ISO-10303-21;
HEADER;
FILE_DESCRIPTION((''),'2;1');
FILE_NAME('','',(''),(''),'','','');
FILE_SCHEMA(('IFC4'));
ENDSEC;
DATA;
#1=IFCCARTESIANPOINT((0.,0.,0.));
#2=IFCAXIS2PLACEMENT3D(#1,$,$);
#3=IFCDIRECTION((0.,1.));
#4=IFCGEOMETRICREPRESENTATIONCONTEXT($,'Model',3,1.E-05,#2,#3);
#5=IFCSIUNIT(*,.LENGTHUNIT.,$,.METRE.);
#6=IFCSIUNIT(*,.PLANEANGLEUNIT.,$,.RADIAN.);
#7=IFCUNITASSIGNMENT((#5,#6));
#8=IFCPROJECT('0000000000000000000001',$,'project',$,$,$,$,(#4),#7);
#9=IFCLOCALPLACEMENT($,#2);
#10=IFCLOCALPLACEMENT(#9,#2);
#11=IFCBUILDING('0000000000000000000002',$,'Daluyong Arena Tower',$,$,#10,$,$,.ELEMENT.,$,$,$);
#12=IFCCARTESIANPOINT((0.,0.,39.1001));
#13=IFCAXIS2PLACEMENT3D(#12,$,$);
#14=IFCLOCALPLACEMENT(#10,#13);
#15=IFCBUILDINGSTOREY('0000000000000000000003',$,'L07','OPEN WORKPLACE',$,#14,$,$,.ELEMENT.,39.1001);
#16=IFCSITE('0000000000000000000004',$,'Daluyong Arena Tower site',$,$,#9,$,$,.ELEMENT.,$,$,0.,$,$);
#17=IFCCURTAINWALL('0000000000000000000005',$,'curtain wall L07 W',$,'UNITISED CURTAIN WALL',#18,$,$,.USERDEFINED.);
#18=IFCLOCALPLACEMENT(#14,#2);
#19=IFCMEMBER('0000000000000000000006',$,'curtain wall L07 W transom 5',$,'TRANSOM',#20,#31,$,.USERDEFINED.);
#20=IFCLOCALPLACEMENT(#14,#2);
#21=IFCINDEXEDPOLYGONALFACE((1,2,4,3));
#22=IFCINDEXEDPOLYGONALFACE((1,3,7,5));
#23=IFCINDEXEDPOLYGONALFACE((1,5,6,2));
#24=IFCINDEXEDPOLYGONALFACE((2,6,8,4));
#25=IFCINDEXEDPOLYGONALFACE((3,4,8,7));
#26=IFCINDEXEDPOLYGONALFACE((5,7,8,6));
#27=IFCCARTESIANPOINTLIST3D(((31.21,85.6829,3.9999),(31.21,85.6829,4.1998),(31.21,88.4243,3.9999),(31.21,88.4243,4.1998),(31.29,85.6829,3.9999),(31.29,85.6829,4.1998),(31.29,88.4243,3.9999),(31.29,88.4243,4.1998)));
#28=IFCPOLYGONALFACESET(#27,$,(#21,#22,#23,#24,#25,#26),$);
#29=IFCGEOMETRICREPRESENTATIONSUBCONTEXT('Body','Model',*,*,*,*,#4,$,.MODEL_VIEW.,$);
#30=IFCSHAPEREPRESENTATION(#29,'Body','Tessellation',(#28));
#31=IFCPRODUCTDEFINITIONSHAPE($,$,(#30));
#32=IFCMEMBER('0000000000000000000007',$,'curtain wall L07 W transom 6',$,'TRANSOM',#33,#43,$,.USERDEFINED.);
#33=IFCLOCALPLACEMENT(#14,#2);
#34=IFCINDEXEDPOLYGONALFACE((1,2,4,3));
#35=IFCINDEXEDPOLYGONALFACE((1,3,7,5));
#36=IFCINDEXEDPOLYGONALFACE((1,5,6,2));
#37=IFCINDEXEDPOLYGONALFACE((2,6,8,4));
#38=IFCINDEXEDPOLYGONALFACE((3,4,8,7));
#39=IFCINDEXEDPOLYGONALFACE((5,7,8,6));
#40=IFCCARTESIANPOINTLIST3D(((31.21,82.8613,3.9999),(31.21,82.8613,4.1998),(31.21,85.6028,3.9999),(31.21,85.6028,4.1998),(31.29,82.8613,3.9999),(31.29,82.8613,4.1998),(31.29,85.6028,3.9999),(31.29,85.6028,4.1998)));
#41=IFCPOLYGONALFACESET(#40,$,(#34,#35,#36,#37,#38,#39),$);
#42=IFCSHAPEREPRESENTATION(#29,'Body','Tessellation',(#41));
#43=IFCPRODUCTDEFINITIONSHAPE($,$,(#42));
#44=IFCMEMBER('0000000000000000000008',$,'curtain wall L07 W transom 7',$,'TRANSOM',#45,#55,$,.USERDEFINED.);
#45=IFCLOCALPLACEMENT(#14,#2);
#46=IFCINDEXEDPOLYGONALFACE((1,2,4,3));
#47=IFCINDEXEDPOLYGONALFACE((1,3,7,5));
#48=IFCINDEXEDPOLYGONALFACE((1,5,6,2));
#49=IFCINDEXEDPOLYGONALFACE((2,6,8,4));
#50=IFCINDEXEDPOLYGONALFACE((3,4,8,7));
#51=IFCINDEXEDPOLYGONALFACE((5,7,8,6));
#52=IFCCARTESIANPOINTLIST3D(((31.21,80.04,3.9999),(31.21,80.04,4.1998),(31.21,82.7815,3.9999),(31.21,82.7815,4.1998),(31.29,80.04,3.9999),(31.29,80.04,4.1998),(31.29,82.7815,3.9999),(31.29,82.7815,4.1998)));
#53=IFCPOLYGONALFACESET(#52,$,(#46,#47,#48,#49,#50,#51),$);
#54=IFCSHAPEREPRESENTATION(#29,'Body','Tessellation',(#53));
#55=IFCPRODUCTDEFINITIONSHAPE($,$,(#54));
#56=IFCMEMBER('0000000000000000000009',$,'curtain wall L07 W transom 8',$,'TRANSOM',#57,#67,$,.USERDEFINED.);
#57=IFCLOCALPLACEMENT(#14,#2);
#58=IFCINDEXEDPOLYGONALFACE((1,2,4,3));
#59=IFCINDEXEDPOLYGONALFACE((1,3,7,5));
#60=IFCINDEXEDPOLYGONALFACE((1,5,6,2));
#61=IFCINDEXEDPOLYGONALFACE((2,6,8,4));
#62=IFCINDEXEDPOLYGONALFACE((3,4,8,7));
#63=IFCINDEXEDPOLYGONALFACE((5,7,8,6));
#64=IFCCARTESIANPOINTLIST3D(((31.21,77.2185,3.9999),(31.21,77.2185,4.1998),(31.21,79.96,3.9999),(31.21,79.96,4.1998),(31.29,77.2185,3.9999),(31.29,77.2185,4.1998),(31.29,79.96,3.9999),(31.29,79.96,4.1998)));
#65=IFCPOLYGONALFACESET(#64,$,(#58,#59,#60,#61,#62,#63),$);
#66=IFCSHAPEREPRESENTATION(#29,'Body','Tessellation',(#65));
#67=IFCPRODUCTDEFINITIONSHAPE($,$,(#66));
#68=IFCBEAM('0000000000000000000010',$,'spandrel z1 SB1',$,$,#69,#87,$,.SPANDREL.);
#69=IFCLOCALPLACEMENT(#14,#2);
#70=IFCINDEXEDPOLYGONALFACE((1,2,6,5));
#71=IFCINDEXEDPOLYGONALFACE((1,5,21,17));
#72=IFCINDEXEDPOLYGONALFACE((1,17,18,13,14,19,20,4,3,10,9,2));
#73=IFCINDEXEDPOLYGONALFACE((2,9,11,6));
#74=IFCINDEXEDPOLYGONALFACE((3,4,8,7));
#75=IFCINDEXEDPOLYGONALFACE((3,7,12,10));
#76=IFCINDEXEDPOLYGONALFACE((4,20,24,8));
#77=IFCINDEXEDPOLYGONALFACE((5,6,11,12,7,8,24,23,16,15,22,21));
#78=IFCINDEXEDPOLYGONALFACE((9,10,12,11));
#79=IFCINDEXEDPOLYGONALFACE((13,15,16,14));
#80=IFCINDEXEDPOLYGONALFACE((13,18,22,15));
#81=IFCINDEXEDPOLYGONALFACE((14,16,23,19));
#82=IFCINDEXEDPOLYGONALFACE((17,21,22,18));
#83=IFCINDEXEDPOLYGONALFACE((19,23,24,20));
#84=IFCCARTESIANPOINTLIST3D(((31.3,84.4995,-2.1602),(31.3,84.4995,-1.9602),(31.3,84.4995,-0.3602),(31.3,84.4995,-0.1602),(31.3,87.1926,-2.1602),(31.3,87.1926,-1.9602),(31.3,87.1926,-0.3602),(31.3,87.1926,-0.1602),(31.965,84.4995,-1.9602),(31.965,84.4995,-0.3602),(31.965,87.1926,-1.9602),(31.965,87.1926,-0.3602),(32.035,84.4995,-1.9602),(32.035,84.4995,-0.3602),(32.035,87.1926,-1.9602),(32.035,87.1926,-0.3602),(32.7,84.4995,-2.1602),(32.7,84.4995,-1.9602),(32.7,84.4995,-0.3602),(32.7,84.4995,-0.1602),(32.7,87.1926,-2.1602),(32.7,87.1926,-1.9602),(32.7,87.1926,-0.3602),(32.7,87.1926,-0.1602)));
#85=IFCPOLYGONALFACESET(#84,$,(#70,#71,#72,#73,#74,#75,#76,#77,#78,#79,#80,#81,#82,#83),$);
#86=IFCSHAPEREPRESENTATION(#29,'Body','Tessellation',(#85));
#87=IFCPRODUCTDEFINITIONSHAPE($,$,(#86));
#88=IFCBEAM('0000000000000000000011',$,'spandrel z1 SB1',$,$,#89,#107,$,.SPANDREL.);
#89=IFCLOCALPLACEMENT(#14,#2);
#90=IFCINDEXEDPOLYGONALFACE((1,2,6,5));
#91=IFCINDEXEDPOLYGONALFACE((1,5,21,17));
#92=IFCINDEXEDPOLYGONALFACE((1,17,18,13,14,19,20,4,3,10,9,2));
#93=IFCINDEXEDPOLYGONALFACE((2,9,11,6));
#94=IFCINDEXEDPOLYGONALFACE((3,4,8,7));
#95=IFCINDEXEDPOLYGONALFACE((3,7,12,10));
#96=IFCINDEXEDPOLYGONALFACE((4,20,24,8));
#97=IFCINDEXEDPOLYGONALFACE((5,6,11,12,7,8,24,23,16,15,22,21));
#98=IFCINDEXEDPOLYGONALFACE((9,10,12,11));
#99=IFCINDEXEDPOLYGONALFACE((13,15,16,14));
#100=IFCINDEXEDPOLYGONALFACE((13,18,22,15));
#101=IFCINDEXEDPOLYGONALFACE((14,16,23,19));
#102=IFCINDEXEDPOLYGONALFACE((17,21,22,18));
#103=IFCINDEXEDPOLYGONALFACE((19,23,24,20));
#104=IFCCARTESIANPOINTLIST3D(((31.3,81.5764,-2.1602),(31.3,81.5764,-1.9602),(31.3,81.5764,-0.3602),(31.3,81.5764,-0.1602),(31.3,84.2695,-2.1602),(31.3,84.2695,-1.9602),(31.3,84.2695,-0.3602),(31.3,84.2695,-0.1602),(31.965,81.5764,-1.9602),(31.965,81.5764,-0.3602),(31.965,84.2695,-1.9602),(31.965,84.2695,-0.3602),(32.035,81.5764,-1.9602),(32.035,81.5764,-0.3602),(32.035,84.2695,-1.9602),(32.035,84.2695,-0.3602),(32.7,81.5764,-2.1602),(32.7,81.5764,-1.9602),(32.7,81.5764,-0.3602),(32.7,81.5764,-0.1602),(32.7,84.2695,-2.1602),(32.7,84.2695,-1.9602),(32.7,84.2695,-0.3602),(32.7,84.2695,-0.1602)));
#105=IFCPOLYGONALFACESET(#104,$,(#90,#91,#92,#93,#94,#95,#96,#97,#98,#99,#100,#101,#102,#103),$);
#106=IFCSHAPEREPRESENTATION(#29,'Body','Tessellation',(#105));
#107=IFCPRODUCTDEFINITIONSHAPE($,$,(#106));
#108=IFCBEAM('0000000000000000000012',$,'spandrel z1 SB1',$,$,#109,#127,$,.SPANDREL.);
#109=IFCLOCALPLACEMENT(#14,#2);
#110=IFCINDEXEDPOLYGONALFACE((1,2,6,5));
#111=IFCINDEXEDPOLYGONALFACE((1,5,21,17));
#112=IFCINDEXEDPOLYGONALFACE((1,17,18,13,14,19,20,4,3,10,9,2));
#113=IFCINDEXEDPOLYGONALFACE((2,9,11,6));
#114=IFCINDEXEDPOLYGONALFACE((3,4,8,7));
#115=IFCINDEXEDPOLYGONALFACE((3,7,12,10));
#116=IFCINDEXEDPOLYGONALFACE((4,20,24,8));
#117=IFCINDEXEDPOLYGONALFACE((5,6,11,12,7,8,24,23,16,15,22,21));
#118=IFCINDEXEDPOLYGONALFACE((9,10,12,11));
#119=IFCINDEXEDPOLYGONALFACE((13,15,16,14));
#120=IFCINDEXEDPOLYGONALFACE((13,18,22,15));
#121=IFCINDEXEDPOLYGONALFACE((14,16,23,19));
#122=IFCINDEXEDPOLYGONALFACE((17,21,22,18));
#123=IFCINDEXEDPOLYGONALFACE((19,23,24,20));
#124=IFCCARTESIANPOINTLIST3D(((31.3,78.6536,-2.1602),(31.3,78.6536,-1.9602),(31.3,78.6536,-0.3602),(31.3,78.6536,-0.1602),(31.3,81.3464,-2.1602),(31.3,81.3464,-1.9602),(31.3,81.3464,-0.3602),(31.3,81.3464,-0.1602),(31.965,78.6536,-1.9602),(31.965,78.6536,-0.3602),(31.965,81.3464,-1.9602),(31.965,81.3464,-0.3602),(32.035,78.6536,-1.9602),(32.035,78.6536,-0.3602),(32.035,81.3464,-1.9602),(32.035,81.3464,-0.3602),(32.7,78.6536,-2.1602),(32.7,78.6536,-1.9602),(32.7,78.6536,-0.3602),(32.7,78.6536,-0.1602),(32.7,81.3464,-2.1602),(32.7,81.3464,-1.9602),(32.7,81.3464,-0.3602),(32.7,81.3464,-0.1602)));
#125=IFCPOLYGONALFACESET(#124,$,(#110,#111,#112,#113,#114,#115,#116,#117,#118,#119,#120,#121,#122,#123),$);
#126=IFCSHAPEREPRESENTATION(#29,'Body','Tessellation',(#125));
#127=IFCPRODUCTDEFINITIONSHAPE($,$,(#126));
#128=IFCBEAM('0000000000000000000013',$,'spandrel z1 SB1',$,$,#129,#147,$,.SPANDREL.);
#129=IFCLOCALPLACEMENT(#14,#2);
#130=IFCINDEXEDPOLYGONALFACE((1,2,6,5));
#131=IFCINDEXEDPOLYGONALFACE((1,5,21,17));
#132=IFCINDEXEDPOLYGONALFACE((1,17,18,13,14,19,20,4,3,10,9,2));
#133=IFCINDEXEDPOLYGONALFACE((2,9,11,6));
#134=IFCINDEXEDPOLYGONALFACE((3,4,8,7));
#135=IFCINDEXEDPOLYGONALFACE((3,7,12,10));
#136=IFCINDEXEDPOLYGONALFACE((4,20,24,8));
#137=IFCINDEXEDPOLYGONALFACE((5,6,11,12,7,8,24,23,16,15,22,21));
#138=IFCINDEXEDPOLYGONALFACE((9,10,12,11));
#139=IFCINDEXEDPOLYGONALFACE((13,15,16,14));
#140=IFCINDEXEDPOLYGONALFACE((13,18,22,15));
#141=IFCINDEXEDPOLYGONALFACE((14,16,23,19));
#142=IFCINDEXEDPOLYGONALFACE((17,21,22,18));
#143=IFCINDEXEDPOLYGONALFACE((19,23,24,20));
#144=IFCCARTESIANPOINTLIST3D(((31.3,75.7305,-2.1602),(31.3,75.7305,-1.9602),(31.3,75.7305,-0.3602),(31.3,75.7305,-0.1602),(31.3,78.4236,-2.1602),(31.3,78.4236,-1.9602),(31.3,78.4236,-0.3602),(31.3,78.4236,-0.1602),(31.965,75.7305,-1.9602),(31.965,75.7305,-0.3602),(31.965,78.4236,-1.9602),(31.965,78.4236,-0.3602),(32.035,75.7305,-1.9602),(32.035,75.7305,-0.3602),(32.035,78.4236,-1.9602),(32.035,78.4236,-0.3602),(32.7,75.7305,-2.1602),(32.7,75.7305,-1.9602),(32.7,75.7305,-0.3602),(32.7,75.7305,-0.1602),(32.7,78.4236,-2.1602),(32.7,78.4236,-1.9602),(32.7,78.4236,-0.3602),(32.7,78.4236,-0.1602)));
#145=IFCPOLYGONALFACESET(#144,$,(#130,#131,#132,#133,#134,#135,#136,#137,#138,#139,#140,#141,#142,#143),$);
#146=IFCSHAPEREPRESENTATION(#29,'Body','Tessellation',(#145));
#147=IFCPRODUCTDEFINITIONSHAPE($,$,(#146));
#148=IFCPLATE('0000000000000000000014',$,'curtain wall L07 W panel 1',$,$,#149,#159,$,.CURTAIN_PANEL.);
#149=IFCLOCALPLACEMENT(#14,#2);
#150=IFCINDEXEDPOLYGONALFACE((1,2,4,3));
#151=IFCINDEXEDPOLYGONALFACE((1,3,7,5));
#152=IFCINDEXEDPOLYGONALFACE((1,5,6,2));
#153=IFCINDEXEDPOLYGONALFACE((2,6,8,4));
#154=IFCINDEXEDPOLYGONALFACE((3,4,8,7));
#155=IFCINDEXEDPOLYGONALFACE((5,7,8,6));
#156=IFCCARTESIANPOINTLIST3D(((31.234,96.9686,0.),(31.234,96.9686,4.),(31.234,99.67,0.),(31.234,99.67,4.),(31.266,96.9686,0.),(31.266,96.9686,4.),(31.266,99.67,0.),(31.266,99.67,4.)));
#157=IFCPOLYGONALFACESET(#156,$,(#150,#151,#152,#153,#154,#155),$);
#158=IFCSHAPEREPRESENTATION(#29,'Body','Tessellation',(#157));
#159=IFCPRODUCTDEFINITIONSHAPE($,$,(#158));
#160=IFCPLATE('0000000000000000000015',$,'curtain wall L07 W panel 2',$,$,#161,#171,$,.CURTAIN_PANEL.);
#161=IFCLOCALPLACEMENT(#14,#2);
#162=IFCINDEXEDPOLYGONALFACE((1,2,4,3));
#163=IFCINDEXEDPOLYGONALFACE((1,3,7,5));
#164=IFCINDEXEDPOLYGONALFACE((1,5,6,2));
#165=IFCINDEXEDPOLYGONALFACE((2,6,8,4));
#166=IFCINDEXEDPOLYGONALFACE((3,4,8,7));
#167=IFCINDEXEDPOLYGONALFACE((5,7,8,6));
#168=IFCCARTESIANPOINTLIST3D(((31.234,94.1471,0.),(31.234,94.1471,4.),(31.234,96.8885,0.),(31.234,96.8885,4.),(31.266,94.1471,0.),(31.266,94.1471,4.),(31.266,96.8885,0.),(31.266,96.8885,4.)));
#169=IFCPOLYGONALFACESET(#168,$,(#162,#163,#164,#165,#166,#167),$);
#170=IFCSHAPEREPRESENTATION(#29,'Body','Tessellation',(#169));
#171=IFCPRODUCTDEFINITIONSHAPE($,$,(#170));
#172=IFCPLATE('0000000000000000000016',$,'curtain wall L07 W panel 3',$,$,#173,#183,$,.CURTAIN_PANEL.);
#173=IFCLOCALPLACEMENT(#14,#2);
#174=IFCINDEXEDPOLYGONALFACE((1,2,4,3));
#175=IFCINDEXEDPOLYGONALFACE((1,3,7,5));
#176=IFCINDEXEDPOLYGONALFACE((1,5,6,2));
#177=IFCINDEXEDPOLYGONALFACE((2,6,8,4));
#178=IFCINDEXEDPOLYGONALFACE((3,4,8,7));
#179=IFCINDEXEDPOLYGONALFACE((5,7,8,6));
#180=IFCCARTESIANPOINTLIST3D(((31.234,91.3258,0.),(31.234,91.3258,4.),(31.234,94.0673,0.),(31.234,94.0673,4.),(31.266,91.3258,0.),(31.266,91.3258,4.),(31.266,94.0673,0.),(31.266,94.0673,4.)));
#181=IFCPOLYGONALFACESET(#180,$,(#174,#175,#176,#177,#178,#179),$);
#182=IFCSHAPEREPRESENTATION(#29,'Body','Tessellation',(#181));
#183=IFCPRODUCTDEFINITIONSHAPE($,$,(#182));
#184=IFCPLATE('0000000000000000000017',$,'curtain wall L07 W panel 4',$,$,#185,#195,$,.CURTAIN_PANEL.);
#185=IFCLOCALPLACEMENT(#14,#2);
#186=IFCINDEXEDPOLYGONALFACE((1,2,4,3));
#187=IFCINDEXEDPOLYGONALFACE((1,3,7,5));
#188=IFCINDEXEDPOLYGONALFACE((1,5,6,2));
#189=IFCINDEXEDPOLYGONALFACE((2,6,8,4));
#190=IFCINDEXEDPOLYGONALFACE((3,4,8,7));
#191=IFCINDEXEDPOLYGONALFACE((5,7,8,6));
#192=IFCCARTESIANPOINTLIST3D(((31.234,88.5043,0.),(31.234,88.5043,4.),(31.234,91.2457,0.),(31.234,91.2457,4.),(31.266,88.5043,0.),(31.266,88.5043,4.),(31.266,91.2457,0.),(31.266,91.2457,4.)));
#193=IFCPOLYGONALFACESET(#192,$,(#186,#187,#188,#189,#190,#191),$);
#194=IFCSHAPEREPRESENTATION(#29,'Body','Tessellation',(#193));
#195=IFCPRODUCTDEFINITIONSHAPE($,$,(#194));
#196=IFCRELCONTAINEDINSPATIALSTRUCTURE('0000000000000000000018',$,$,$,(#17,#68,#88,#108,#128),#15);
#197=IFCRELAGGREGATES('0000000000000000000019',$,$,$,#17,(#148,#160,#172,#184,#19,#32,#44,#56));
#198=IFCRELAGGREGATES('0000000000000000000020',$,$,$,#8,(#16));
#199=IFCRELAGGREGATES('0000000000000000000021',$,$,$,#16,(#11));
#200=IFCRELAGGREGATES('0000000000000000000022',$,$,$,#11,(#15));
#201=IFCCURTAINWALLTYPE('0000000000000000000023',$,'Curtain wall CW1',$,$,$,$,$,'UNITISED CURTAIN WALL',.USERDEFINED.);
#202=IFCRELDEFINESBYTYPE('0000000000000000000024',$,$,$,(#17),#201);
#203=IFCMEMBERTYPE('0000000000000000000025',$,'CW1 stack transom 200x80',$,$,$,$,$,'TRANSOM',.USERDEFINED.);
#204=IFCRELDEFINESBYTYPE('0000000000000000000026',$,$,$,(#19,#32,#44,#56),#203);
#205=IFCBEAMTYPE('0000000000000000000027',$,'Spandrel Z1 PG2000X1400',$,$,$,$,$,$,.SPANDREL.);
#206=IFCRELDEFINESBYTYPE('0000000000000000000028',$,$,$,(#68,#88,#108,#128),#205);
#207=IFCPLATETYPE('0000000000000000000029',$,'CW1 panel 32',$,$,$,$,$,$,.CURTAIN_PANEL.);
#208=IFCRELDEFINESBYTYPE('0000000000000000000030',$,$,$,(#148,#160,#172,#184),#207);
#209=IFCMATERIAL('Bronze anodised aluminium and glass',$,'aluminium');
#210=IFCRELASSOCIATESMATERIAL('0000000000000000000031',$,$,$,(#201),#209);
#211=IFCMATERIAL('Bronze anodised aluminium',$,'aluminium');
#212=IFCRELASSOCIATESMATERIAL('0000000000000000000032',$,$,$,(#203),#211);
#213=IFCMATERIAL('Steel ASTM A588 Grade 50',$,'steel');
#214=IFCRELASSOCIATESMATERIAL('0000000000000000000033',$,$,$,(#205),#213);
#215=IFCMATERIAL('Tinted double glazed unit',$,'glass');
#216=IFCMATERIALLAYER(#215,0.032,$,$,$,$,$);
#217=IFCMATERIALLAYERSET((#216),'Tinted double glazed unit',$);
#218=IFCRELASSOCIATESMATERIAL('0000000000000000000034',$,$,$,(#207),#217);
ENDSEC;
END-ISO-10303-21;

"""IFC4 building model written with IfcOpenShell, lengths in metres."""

from ifc_helpers import new_model, si_unit, direction, frame, origin, origin_2d, place, context, subcontext, project, spatial, rectangle, i_section, extrude, material, layer, layer_set, material_profile, profile_set, type_object, element, aggregate, save


model = new_model("IFC4")

# Units and contexts
model_context = context("Model", 3, precision=1e-05, world=origin(), true_north=direction((0.0, 1.0)))
body_context = subcontext(model_context, "Body", "Model", "MODEL_VIEW")
ifc_project = project(units=[si_unit("LENGTHUNIT", "METRE"), si_unit("PLANEANGLEUNIT", "RADIAN")], contexts=[model_context])

# Site, building, storey
site_placement = place(None, origin())
site = spatial("IfcSite", under=ifc_project, at=site_placement, Name="Daluyong Arena Tower site", CompositionType="ELEMENT", RefElevation=0.0)
building_placement = place(site_placement, origin())
building = spatial("IfcBuilding", under=site, at=building_placement, Name="Daluyong Arena Tower", CompositionType="ELEMENT")
storey_placement = place(building_placement, frame((0.0, 0.0, 39.1001)))
storey = spatial("IfcBuildingStorey", under=building, at=storey_placement, Name="L07", Description="OPEN WORKPLACE", CompositionType="ELEMENT", Elevation=39.1001)

# Curtain wall, members
ifc_material_1 = material(Name="Bronze anodised aluminium and glass", Category="aluminium")
curtain_wall_type = type_object("IfcCurtainWallType", Name="Curtain wall CW1", ElementType="UNITISED CURTAIN WALL", PredefinedType="USERDEFINED", material=ifc_material_1)
curtain_wall_placement = place(storey_placement, origin())
curtain_wall = element("IfcCurtainWall", 1, at=curtain_wall_placement, inside=storey, type_object=curtain_wall_type, Name="curtain wall L07 W", ObjectType="UNITISED CURTAIN WALL", PredefinedType="USERDEFINED")
ifc_material_2 = material(Name="Bronze anodised aluminium", Category="aluminium")
ifc_material_profile_1 = material_profile(ifc_material_2, rectangle(XDim=0.0801, YDim=0.2, at=origin_2d()))
ifc_profile_set_1 = profile_set([ifc_material_profile_1], Name="Bronze anodised aluminium")
member_type_1 = type_object("IfcMemberType", Name="CW1 stack transom 200x80", ElementType="TRANSOM", PredefinedType="USERDEFINED", material=ifc_profile_set_1)
member_1_placement = place(storey_placement, frame((31.25, 88.4243, 4.0999), z_axis=(0.0, -1.0, 0.0), x_axis=(1.0, 0.0, 0.0)))
member_1 = element("IfcMember", 2, at=member_1_placement, type_object=member_type_1, Name="curtain wall L07 W transom 5", ObjectType="TRANSOM", PredefinedType="USERDEFINED", context=body_context, shape_type="SweptSolid", body=[
    extrude(rectangle(XDim=0.0801, YDim=0.2, at=origin_2d()), origin(), (0.0, 0.0, 1.0), 2.7415),
])
member_2_placement = place(storey_placement, frame((31.25, 85.6028, 4.0999), z_axis=(0.0, -1.0, 0.0), x_axis=(1.0, 0.0, 0.0)))
member_2 = element("IfcMember", 3, at=member_2_placement, type_object=member_type_1, Name="curtain wall L07 W transom 6", ObjectType="TRANSOM", PredefinedType="USERDEFINED", context=body_context, shape_type="SweptSolid", body=[
    extrude(rectangle(XDim=0.0801, YDim=0.2, at=origin_2d()), origin(), (0.0, 0.0, 1.0), 2.7415),
])
member_3_placement = place(storey_placement, frame((31.25, 82.7815, 4.0999), z_axis=(0.0, -1.0, 0.0), x_axis=(1.0, 0.0, 0.0)))
member_3 = element("IfcMember", 4, at=member_3_placement, type_object=member_type_1, Name="curtain wall L07 W transom 7", ObjectType="TRANSOM", PredefinedType="USERDEFINED", context=body_context, shape_type="SweptSolid", body=[
    extrude(rectangle(XDim=0.0801, YDim=0.2, at=origin_2d()), origin(), (0.0, 0.0, 1.0), 2.7415),
])
member_4_placement = place(storey_placement, frame((31.25, 79.96, 4.0999), z_axis=(0.0, -1.0, 0.0), x_axis=(1.0, 0.0, 0.0)))
member_4 = element("IfcMember", 5, at=member_4_placement, type_object=member_type_1, Name="curtain wall L07 W transom 8", ObjectType="TRANSOM", PredefinedType="USERDEFINED", context=body_context, shape_type="SweptSolid", body=[
    extrude(rectangle(XDim=0.0801, YDim=0.2, at=origin_2d()), origin(), (0.0, 0.0, 1.0), 2.7415),
])

# Beams
ifc_material_3 = material(Name="Steel ASTM A588 Grade 50", Category="steel")
ifc_material_profile_2 = material_profile(ifc_material_3, i_section(OverallWidth=1.3999, OverallDepth=2.0, WebThickness=0.07, FlangeThickness=0.2, at=origin_2d()))
ifc_profile_set_2 = profile_set([ifc_material_profile_2], Name="Steel ASTM A588 Grade 50")
beam_type = type_object("IfcBeamType", Name="Spandrel Z1 PG2000X1400", PredefinedType="SPANDREL", material=ifc_profile_set_2)
for number, where, z_axis, x_axis, name in (
    (6, (32.0, 87.1926, -1.1602), (0.0, -1.0, 0.0), (1.0, 0.0, 0.0), "spandrel z1 SB1"),
    (7, (32.0, 84.2695, -1.1602), (0.0, -1.0, 0.0), (1.0, 0.0, 0.0), "spandrel z1 SB1"),
):
    element("IfcBeam", number, at=place(storey_placement, frame(where, z_axis=z_axis, x_axis=x_axis)), inside=storey, type_object=beam_type, Name=name, PredefinedType="SPANDREL", context=body_context, shape_type="SweptSolid", body=[
        extrude(i_section(OverallWidth=1.3999, OverallDepth=2.0, WebThickness=0.07, FlangeThickness=0.2, at=origin_2d()), origin(), (0.0, 0.0, 1.0), 2.6931),
    ])
beam_1_placement = place(storey_placement, frame((32.0, 81.3464, -1.1602), z_axis=(0.0, -1.0, 0.0), x_axis=(1.0, 0.0, 0.0)))
element("IfcBeam", 8, at=beam_1_placement, inside=storey, type_object=beam_type, Name="spandrel z1 SB1", PredefinedType="SPANDREL", context=body_context, shape_type="SweptSolid", body=[
    extrude(i_section(OverallWidth=1.3999, OverallDepth=2.0, WebThickness=0.07, FlangeThickness=0.2, at=origin_2d()), origin(), (0.0, 0.0, 1.0), 2.6929),
])
beam_2_placement = place(storey_placement, frame((32.0, 78.4236, -1.1602), z_axis=(0.0, -1.0, 0.0), x_axis=(1.0, 0.0, 0.0)))
element("IfcBeam", 9, at=beam_2_placement, inside=storey, type_object=beam_type, Name="spandrel z1 SB1", PredefinedType="SPANDREL", context=body_context, shape_type="SweptSolid", body=[
    extrude(i_section(OverallWidth=1.3999, OverallDepth=2.0, WebThickness=0.07, FlangeThickness=0.2, at=origin_2d()), origin(), (0.0, 0.0, 1.0), 2.6931),
])

# Plates
ifc_material_4 = material(Name="Tinted double glazed unit", Category="glass")
ifc_layer_1 = layer(ifc_material_4, 0.032)
ifc_layer_set_1 = layer_set([ifc_layer_1], Name="Tinted double glazed unit")
plate_type = type_object("IfcPlateType", Name="CW1 panel 32", PredefinedType="CURTAIN_PANEL", material=ifc_layer_set_1)
plate_1_placement = place(storey_placement, frame((31.25, 98.3193, 0.0), z_axis=(0.0, 0.0, 1.0), x_axis=(0.0, -1.0, 0.0)))
plate_1 = element("IfcPlate", 10, at=plate_1_placement, type_object=plate_type, Name="curtain wall L07 W panel 1", PredefinedType="CURTAIN_PANEL", context=body_context, shape_type="SweptSolid", body=[
    extrude(rectangle(XDim=2.7014, YDim=0.032, at=origin_2d()), origin(), (0.0, 0.0, 1.0), 4.0),
])
plate_2_placement = place(storey_placement, frame((31.25, 95.5178, 0.0), z_axis=(0.0, 0.0, 1.0), x_axis=(0.0, -1.0, 0.0)))
plate_2 = element("IfcPlate", 11, at=plate_2_placement, type_object=plate_type, Name="curtain wall L07 W panel 2", PredefinedType="CURTAIN_PANEL", context=body_context, shape_type="SweptSolid", body=[
    extrude(rectangle(XDim=2.7415, YDim=0.032, at=origin_2d()), origin(), (0.0, 0.0, 1.0), 4.0),
])
plate_3_placement = place(storey_placement, frame((31.25, 92.6965, 0.0), z_axis=(0.0, 0.0, 1.0), x_axis=(0.0, -1.0, 0.0)))
plate_3 = element("IfcPlate", 12, at=plate_3_placement, type_object=plate_type, Name="curtain wall L07 W panel 3", PredefinedType="CURTAIN_PANEL", context=body_context, shape_type="SweptSolid", body=[
    extrude(rectangle(XDim=2.7415, YDim=0.032, at=origin_2d()), origin(), (0.0, 0.0, 1.0), 4.0),
])
plate_4_placement = place(storey_placement, frame((31.25, 89.875, 0.0), z_axis=(0.0, 0.0, 1.0), x_axis=(0.0, -1.0, 0.0)))
plate_4 = element("IfcPlate", 13, at=plate_4_placement, type_object=plate_type, Name="curtain wall L07 W panel 4", PredefinedType="CURTAIN_PANEL", context=body_context, shape_type="SweptSolid", body=[
    extrude(rectangle(XDim=2.7415, YDim=0.032, at=origin_2d()), origin(), (0.0, 0.0, 1.0), 4.0),
])
aggregate(curtain_wall, [plate_1, plate_2, plate_3, plate_4, member_1, member_2, member_3, member_4])

save(model, "model.ifc")
